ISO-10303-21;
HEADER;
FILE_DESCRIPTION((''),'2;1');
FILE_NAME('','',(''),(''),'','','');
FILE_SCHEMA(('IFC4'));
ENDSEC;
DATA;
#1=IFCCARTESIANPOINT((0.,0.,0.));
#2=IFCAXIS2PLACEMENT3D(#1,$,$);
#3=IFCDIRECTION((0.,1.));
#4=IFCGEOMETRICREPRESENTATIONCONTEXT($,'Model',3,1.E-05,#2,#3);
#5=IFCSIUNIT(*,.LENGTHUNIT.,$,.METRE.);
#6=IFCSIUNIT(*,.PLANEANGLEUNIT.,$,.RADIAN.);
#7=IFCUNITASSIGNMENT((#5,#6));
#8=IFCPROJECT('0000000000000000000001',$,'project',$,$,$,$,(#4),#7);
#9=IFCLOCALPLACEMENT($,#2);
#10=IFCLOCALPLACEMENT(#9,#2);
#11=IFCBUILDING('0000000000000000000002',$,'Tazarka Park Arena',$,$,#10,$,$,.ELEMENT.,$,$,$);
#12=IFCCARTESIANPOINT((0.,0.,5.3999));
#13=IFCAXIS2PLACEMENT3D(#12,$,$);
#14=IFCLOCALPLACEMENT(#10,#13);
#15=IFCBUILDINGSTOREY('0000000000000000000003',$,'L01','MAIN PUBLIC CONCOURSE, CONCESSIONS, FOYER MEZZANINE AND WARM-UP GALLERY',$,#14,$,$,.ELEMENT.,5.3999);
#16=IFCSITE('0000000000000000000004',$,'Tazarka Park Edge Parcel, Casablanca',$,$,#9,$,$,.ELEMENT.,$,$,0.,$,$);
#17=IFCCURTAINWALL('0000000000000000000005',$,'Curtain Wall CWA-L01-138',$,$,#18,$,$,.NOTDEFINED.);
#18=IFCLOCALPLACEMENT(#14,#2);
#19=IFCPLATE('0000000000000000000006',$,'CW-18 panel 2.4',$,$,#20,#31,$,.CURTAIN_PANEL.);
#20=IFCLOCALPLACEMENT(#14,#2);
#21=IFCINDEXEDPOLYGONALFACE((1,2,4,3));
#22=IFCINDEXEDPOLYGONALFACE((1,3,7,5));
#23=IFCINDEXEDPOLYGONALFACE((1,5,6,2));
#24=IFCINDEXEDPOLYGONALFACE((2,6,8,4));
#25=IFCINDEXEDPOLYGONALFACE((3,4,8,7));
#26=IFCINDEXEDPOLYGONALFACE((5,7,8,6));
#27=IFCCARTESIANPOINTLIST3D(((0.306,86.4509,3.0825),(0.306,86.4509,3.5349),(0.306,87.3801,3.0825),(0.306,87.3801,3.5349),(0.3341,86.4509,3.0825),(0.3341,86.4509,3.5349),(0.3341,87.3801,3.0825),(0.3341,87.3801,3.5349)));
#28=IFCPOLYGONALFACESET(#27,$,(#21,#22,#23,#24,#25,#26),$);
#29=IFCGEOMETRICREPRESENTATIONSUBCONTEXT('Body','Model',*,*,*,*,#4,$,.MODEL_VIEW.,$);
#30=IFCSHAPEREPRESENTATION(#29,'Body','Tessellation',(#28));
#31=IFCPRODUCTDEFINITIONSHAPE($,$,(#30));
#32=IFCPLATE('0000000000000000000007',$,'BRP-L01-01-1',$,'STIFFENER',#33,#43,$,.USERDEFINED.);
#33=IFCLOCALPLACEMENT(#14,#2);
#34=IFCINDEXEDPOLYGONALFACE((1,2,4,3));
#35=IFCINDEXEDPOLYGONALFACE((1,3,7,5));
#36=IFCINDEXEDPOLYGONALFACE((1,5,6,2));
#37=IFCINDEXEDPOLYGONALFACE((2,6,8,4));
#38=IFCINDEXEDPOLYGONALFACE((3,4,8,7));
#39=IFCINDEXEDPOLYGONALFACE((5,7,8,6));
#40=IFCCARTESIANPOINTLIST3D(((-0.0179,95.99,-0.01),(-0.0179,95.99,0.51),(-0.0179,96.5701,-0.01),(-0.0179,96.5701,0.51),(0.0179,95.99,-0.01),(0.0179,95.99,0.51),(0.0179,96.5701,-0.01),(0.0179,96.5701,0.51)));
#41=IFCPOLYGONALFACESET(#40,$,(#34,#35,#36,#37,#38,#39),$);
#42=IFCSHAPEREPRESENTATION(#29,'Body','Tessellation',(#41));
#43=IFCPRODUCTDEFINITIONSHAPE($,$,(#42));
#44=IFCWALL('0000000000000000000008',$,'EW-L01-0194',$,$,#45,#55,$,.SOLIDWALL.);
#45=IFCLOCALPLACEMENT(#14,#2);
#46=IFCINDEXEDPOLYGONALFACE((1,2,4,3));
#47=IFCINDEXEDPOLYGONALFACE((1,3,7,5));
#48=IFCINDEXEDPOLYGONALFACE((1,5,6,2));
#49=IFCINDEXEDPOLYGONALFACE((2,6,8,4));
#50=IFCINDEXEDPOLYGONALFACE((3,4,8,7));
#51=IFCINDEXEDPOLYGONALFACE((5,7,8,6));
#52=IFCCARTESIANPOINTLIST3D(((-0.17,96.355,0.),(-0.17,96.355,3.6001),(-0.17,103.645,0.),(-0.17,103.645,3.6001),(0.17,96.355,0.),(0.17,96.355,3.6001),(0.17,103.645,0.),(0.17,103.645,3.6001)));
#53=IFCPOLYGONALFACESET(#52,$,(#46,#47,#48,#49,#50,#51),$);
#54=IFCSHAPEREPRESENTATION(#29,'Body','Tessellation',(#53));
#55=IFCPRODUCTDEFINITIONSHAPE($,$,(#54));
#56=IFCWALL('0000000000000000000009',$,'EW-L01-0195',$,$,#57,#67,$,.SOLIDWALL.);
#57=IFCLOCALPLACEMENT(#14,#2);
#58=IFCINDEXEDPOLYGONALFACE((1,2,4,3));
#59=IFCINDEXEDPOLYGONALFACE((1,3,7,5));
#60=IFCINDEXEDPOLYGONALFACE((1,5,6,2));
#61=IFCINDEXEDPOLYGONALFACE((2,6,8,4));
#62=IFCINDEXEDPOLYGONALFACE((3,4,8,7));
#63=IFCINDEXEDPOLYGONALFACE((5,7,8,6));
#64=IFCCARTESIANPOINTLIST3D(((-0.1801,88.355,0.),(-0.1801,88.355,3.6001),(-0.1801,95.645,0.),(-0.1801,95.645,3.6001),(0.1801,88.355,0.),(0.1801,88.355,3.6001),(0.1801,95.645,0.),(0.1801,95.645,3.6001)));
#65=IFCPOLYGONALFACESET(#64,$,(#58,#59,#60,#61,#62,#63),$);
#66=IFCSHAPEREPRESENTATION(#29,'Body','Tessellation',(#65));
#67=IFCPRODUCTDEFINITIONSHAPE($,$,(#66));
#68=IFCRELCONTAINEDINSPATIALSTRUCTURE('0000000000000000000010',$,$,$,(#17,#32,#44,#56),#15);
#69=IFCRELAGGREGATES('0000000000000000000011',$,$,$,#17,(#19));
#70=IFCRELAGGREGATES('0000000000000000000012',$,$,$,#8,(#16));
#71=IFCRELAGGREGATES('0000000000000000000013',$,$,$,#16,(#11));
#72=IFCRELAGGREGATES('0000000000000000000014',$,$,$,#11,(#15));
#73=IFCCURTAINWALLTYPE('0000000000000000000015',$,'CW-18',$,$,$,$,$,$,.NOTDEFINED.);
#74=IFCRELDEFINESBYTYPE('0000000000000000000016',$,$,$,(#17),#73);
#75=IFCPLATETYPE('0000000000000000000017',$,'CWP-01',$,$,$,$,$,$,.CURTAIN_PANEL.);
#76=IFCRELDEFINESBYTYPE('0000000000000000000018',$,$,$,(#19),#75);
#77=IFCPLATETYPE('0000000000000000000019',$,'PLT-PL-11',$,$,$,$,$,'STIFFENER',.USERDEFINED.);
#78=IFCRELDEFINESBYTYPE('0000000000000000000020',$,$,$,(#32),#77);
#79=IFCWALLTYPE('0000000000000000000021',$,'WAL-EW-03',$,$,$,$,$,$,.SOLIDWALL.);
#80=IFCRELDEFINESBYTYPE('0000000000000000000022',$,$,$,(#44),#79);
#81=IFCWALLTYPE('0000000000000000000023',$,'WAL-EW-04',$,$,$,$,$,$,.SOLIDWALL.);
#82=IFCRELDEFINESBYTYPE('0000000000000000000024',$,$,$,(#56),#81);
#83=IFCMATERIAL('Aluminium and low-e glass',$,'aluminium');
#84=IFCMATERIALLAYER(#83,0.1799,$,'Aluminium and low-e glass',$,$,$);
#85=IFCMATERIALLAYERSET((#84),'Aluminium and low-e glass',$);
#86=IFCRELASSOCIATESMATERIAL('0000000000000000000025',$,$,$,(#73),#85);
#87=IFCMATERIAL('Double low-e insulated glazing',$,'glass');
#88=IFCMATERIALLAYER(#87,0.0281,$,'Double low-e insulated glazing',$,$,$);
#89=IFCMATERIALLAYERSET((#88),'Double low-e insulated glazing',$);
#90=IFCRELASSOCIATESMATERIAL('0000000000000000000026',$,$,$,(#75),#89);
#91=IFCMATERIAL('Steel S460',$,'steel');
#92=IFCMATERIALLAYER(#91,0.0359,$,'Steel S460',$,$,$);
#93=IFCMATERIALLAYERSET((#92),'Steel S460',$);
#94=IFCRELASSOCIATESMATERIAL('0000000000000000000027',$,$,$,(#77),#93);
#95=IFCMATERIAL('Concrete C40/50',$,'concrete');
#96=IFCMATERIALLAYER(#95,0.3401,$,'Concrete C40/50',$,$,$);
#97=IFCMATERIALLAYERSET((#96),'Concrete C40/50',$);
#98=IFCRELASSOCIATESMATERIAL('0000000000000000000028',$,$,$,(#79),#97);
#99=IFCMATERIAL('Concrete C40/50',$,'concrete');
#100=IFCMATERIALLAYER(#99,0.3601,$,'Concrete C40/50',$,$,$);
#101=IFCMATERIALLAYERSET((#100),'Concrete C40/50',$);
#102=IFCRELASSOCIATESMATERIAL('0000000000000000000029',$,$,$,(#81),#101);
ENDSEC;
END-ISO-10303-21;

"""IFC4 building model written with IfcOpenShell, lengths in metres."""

from ifc_helpers import new_model, si_unit, direction, frame, frame_2d, origin, origin_2d, place, context, subcontext, project, spatial, rectangle, extrude, material, layer, layer_set, type_object, element, aggregate, save


model = new_model("IFC4")

# Units and contexts
model_context = context("Model", 3, precision=1e-05, world=origin(), true_north=direction((0.0, 1.0)))
body_context = subcontext(model_context, "Body", "Model", "MODEL_VIEW")
ifc_project = project(units=[si_unit("LENGTHUNIT", "METRE"), si_unit("PLANEANGLEUNIT", "RADIAN")], contexts=[model_context])

# Site, building, storey
site_placement = place(None, origin())
site = spatial("IfcSite", under=ifc_project, at=site_placement, Name="Tazarka Park Edge Parcel, Casablanca", CompositionType="ELEMENT", RefElevation=0.0)
building_placement = place(site_placement, origin())
building = spatial("IfcBuilding", under=site, at=building_placement, Name="Tazarka Park Arena", CompositionType="ELEMENT")
storey_placement = place(building_placement, frame((0.0, 0.0, 5.3999)))
storey = spatial("IfcBuildingStorey", under=building, at=storey_placement, Name="L01", Description="MAIN PUBLIC CONCOURSE, CONCESSIONS, FOYER MEZZANINE AND WARM-UP GALLERY", CompositionType="ELEMENT", Elevation=5.3999)

# Curtain wall
ifc_material_1 = material(Name="Aluminium and low-e glass", Category="aluminium")
ifc_layer_1 = layer(ifc_material_1, 0.1799, Name="Aluminium and low-e glass")
ifc_layer_set_1 = layer_set([ifc_layer_1], Name="Aluminium and low-e glass")
curtain_wall_type = type_object("IfcCurtainWallType", Name="CW-18", PredefinedType="NOTDEFINED", material=ifc_layer_set_1)
curtain_wall_placement = place(storey_placement, origin())
curtain_wall = element("IfcCurtainWall", 1, at=curtain_wall_placement, inside=storey, type_object=curtain_wall_type, Name="Curtain Wall CWA-L01-138", PredefinedType="NOTDEFINED")

# Plates
ifc_material_2 = material(Name="Double low-e insulated glazing", Category="glass")
ifc_layer_2 = layer(ifc_material_2, 0.0281, Name="Double low-e insulated glazing")
ifc_layer_set_2 = layer_set([ifc_layer_2], Name="Double low-e insulated glazing")
plate_type_1 = type_object("IfcPlateType", Name="CWP-01", PredefinedType="CURTAIN_PANEL", material=ifc_layer_set_2)
plate_1_placement = place(storey_placement, frame((0.3201, 86.9155, 3.0825), z_axis=(0.0, 0.0, 1.0), x_axis=(0.0, 1.0, 0.0)))
plate_1 = element("IfcPlate", 2, at=plate_1_placement, type_object=plate_type_1, Name="CW-18 panel 2.4", PredefinedType="CURTAIN_PANEL", context=body_context, shape_type="SweptSolid", body=[
    extrude(rectangle(XDim=0.9292, YDim=0.0281, at=origin_2d()), origin(), (0.0, 0.0, 1.0), 0.4524),
])
aggregate(curtain_wall, [plate_1])
ifc_material_3 = material(Name="Steel S460", Category="steel")
ifc_layer_3 = layer(ifc_material_3, 0.0359, Name="Steel S460")
ifc_layer_set_3 = layer_set([ifc_layer_3], Name="Steel S460")
plate_type_2 = type_object("IfcPlateType", Name="PLT-PL-11", ElementType="STIFFENER", PredefinedType="USERDEFINED", material=ifc_layer_set_3)
plate_2_placement = place(storey_placement, frame((0.0, 96.28, -0.01), z_axis=(0.0, 0.0, 1.0), x_axis=(1.0, 0.0, 0.0)))
element("IfcPlate", 3, at=plate_2_placement, inside=storey, type_object=plate_type_2, Name="BRP-L01-01-1", ObjectType="STIFFENER", PredefinedType="USERDEFINED", context=body_context, shape_type="SweptSolid", body=[
    extrude(rectangle(XDim=0.0359, YDim=0.5801, at=origin_2d()), origin(), (0.0, 0.0, 1.0), 0.52),
])

# Walls
ifc_material_4 = material(Name="Concrete C40/50", Category="concrete")
ifc_layer_4 = layer(ifc_material_4, 0.3401, Name="Concrete C40/50")
ifc_layer_set_4 = layer_set([ifc_layer_4], Name="Concrete C40/50")
wall_type_1 = type_object("IfcWallType", Name="WAL-EW-03", PredefinedType="SOLIDWALL", material=ifc_layer_set_4)
wall_1_placement = place(storey_placement, frame((0.0, 96.355, 0.0), z_axis=(0.0, 0.0, 1.0), x_axis=(0.0, 1.0, 0.0)))
element("IfcWall", 4, at=wall_1_placement, inside=storey, type_object=wall_type_1, Name="EW-L01-0194", PredefinedType="SOLIDWALL", context=body_context, shape_type="SweptSolid", body=[
    extrude(rectangle(XDim=7.29, YDim=0.3401, at=frame_2d((3.645, 0.0))), origin(), (0.0, 0.0, 1.0), 3.6001),
])
ifc_material_5 = material(Name="Concrete C40/50", Category="concrete")
ifc_layer_5 = layer(ifc_material_5, 0.3601, Name="Concrete C40/50")
ifc_layer_set_5 = layer_set([ifc_layer_5], Name="Concrete C40/50")
wall_type_2 = type_object("IfcWallType", Name="WAL-EW-04", PredefinedType="SOLIDWALL", material=ifc_layer_set_5)
wall_2_placement = place(storey_placement, frame((0.0, 88.355, 0.0), z_axis=(0.0, 0.0, 1.0), x_axis=(0.0, 1.0, 0.0)))
element("IfcWall", 5, at=wall_2_placement, inside=storey, type_object=wall_type_2, Name="EW-L01-0195", PredefinedType="SOLIDWALL", context=body_context, shape_type="SweptSolid", body=[
    extrude(rectangle(XDim=7.29, YDim=0.3601, at=frame_2d((3.645, 0.0))), origin(), (0.0, 0.0, 1.0), 3.6001),
])

save(model, "model.ifc")
